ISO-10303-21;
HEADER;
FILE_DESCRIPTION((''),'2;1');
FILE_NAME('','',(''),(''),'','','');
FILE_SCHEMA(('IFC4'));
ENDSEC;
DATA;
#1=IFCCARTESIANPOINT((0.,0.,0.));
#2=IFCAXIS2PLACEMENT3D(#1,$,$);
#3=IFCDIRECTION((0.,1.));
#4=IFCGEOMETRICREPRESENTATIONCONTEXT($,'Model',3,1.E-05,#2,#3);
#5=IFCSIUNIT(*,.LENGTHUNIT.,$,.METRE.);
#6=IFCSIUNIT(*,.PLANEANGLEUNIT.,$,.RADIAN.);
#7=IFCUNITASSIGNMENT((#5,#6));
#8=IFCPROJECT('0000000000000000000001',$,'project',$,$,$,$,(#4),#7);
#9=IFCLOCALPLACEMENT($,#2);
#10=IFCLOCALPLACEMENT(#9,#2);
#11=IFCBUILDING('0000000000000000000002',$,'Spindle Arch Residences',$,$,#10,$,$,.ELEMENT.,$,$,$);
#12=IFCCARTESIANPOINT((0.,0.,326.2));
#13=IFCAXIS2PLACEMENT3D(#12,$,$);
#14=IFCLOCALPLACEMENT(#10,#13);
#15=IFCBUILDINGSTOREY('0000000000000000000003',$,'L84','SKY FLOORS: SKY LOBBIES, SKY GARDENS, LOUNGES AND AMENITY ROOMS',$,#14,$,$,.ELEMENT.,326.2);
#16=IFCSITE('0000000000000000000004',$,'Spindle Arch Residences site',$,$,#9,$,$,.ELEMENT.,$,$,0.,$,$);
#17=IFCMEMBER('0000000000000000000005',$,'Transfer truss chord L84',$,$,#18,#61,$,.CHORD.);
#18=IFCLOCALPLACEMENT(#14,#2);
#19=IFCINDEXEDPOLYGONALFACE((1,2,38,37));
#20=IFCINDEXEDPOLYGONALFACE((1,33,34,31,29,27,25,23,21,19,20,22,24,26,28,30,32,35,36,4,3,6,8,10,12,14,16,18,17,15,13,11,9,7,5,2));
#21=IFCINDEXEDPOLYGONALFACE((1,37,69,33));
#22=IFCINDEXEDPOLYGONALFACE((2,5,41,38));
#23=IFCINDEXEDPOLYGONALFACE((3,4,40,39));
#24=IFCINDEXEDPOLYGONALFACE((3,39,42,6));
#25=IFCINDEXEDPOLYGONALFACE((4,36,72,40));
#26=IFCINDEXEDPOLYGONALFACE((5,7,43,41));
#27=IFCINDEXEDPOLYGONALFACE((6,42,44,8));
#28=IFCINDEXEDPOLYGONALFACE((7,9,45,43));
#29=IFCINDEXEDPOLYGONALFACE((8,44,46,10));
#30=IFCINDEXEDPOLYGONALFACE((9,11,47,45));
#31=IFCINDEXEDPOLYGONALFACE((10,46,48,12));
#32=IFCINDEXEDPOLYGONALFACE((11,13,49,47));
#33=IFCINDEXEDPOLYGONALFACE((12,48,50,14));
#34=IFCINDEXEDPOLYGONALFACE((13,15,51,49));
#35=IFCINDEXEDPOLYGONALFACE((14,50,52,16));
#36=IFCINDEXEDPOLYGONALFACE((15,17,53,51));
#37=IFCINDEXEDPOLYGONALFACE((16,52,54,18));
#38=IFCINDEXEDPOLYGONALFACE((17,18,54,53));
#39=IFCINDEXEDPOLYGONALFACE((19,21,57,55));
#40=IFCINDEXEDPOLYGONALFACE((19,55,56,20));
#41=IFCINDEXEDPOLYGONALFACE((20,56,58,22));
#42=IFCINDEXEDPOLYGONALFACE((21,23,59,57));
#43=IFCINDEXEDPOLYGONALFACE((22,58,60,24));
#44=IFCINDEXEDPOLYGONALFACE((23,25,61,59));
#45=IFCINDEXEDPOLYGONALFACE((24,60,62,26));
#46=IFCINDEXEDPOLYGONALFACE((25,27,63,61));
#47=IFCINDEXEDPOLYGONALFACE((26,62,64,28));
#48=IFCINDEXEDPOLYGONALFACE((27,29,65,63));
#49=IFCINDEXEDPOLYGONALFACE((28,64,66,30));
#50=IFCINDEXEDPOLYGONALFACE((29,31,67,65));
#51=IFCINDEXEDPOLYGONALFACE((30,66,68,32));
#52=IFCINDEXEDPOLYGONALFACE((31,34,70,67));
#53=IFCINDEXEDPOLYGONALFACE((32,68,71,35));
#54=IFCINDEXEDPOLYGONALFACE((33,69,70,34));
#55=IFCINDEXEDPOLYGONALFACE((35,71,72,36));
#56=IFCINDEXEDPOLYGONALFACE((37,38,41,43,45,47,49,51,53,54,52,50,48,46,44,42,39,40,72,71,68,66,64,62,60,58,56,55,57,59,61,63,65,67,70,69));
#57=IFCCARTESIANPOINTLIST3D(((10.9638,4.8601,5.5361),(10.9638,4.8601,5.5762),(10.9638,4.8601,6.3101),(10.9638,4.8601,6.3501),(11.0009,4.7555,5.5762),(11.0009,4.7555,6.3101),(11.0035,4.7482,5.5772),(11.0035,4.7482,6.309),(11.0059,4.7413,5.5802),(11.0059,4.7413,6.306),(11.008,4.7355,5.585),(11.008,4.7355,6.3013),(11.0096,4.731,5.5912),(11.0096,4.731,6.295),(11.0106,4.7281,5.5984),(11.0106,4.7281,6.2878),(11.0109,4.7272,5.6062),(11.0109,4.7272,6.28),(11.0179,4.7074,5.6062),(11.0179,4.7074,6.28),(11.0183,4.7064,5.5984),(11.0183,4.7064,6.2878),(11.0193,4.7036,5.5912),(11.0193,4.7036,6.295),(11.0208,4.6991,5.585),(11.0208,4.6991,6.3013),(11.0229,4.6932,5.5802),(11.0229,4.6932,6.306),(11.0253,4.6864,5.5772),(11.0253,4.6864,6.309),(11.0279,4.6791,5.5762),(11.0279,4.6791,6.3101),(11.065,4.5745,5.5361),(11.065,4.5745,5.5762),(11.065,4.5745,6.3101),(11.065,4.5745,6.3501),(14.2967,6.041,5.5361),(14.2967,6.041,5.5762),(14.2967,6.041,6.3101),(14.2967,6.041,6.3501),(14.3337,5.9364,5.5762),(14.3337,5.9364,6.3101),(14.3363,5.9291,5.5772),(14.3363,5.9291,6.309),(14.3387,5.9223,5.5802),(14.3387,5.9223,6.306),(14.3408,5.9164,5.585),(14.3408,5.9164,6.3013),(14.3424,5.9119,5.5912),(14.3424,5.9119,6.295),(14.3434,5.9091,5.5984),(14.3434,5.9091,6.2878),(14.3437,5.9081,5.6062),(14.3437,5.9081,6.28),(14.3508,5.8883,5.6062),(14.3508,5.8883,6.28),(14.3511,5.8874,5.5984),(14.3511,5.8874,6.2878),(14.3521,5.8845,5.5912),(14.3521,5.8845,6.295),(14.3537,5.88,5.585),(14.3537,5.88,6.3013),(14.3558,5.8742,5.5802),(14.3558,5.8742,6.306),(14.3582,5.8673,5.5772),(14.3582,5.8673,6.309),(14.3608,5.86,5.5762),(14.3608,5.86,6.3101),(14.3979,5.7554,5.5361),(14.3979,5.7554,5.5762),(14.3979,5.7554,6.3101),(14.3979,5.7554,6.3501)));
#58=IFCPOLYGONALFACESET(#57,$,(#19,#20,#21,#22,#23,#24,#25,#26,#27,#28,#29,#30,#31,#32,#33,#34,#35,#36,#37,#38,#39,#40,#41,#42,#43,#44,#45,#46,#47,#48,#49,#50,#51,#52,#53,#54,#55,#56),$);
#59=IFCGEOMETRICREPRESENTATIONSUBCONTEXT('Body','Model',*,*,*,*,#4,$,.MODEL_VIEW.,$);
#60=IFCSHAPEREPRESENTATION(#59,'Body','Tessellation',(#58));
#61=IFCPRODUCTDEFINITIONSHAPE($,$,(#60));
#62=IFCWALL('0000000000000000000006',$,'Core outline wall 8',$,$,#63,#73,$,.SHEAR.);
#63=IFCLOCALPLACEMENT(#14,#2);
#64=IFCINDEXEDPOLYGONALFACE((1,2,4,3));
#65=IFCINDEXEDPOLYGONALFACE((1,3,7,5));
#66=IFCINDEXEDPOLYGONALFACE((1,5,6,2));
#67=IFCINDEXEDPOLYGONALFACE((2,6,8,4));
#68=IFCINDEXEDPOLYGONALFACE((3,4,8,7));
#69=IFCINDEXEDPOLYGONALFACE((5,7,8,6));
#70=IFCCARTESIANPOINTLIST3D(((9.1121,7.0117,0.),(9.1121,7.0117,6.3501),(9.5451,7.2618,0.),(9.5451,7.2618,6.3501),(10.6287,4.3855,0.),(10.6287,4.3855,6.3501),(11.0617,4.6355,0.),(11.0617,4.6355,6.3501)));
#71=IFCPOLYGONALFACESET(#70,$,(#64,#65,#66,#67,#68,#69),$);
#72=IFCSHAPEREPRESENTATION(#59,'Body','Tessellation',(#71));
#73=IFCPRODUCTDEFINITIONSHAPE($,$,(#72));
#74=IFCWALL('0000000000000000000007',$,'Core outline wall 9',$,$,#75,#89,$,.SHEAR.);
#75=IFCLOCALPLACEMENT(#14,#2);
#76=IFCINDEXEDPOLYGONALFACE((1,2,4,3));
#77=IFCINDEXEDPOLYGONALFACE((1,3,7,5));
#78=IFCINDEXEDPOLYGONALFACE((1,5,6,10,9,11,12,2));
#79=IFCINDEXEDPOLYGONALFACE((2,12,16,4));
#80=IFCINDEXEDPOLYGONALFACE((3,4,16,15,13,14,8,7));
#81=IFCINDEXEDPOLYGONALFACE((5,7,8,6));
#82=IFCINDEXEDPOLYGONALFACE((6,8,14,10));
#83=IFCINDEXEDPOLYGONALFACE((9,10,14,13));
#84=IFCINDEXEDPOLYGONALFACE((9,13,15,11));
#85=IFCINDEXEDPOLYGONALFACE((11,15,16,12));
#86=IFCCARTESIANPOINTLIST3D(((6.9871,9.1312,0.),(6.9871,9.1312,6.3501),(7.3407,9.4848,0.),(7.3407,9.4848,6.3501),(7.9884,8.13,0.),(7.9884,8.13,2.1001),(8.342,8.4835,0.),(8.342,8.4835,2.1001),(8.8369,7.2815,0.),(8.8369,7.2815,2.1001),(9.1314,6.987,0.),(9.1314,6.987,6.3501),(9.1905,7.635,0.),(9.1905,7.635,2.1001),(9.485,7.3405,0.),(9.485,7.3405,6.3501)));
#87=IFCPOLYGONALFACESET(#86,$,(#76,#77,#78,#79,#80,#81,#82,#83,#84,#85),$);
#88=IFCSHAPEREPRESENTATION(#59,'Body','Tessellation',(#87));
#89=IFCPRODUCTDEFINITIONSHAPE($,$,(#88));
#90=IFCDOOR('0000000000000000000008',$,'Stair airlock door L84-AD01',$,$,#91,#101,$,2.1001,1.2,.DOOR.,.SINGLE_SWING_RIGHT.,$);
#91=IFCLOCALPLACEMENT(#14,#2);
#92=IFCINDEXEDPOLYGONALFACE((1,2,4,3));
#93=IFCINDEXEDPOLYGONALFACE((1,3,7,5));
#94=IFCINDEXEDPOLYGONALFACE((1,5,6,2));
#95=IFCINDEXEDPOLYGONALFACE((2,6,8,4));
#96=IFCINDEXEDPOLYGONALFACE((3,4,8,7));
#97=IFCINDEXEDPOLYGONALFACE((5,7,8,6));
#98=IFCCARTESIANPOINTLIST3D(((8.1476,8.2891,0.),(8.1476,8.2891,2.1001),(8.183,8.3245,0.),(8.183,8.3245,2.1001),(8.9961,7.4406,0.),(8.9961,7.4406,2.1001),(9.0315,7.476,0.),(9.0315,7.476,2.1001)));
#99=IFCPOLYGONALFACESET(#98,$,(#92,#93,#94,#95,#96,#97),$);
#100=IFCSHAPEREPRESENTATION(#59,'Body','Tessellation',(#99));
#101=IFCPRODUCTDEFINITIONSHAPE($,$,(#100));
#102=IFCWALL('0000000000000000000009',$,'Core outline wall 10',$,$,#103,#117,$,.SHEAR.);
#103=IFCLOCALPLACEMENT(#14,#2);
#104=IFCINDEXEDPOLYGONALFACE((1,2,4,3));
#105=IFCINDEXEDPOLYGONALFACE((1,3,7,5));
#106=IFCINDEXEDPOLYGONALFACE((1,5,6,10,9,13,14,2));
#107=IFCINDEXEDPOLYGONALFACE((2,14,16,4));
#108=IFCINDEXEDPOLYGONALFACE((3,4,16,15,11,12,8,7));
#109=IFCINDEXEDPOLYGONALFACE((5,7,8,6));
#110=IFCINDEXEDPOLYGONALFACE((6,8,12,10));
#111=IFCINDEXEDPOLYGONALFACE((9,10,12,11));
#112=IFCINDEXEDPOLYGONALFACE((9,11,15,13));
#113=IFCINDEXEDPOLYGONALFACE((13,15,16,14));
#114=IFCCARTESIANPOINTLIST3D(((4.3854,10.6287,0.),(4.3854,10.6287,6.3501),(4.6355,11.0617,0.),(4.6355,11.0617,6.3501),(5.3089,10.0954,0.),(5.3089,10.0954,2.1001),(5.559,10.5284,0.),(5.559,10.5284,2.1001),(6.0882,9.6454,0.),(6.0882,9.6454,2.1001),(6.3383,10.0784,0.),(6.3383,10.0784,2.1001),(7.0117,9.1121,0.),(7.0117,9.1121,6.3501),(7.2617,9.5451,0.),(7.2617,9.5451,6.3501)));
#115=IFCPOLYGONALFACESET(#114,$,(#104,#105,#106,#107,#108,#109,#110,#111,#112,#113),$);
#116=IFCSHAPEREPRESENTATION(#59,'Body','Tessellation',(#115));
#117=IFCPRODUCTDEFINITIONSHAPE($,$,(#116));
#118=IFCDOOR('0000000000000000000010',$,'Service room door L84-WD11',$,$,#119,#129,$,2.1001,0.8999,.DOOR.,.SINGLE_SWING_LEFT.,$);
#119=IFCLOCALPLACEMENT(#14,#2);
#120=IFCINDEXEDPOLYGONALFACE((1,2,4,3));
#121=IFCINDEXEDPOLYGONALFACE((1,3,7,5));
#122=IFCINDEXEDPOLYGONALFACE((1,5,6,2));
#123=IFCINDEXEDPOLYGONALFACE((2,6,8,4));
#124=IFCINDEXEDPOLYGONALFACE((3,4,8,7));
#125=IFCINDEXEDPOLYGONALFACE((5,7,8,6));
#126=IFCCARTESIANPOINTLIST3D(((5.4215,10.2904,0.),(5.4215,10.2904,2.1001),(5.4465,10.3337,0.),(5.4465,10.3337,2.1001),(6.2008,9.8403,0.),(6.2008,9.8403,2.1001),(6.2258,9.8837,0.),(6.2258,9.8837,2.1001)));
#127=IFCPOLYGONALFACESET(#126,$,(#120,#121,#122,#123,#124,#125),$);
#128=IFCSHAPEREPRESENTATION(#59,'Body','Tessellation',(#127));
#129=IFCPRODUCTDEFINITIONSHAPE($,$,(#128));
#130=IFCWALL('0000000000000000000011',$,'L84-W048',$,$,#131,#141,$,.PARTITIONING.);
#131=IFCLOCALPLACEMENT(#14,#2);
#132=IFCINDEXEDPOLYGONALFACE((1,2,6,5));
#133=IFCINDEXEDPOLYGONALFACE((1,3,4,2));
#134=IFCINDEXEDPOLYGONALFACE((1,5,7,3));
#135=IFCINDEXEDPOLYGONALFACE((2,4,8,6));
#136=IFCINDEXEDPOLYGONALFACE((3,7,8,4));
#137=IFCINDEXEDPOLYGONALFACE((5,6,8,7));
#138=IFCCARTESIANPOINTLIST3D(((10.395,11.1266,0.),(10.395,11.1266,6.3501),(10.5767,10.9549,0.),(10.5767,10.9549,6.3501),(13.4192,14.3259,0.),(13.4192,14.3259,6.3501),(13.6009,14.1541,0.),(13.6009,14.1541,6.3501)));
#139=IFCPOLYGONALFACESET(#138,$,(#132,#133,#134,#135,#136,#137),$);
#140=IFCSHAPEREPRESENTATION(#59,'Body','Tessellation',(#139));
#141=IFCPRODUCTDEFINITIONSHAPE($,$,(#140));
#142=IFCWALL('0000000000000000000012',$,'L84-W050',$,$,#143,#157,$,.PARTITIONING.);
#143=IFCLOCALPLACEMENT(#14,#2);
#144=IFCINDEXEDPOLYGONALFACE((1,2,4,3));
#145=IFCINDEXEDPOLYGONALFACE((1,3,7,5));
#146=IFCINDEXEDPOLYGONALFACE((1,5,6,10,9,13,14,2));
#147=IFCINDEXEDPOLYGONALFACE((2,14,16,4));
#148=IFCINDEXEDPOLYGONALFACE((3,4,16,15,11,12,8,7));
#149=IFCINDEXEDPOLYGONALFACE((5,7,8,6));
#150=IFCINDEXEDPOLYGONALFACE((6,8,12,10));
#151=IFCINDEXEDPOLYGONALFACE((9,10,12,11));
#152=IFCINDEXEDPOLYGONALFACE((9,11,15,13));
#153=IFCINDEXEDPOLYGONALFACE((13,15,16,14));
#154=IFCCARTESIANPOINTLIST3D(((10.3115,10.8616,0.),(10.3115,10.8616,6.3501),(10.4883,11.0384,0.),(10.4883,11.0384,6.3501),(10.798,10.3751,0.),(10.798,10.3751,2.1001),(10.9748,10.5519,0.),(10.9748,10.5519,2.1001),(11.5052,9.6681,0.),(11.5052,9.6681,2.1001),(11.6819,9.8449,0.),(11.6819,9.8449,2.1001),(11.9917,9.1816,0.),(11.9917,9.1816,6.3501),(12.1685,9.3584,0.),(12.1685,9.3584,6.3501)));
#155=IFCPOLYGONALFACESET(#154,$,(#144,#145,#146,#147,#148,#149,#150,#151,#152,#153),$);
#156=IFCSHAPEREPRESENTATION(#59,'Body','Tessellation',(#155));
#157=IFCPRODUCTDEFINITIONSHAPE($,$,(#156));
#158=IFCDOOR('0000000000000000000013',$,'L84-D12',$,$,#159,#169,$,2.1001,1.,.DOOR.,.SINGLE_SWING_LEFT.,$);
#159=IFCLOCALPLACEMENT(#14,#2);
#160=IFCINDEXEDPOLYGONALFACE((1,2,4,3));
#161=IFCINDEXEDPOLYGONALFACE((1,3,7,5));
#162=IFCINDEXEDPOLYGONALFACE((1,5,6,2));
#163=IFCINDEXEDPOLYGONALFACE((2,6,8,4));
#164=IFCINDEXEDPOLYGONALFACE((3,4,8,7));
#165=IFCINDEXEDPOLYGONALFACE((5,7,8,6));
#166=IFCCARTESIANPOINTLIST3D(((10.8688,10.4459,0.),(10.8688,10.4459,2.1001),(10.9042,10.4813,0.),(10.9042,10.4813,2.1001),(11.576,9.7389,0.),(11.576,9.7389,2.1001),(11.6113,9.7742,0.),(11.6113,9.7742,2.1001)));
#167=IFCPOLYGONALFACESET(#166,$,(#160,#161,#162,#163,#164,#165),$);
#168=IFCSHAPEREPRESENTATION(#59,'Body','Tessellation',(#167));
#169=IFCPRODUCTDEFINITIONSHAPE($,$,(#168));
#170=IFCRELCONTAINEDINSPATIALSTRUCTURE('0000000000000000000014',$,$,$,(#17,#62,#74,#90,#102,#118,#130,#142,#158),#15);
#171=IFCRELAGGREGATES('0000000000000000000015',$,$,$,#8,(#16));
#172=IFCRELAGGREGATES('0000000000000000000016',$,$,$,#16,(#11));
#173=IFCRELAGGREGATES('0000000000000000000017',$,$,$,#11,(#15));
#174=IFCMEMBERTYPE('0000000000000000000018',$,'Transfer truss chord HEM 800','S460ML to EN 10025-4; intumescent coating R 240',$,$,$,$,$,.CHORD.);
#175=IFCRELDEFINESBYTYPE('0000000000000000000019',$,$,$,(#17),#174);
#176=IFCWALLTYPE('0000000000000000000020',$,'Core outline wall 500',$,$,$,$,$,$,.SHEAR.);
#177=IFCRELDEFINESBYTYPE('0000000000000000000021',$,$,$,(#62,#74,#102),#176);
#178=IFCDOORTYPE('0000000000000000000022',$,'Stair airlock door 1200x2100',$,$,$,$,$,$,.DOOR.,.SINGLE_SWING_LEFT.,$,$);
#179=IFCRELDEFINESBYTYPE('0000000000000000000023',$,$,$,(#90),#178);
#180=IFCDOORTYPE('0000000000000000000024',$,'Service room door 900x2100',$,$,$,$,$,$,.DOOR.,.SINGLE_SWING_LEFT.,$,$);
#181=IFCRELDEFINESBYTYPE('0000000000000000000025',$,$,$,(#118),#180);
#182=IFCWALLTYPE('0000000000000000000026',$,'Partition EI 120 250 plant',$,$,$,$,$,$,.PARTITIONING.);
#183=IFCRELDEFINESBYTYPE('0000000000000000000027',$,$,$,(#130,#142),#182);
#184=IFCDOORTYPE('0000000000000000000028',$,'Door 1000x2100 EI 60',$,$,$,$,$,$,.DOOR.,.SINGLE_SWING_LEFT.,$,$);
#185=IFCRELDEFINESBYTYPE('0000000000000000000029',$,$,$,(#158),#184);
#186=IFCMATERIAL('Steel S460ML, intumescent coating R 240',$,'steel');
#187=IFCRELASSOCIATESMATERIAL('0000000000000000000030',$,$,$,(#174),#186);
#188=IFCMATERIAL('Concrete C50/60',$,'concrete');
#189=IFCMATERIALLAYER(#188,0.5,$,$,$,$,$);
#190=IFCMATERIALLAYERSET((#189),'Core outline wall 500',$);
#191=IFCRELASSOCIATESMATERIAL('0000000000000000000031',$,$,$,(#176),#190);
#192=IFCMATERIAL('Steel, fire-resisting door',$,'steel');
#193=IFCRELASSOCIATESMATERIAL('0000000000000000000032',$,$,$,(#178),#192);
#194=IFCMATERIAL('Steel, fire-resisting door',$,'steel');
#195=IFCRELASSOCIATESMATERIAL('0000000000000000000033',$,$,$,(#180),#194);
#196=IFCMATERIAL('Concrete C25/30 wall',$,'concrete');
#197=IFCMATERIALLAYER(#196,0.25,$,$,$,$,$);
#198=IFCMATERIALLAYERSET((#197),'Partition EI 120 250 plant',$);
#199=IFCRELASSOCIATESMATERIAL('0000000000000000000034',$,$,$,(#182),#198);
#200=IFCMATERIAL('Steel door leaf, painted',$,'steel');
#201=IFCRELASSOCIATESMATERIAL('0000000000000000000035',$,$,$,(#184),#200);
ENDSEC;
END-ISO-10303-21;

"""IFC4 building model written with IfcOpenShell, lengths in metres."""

from ifc_helpers import new_model, si_unit, direction, frame, frame_2d, origin, origin_2d, place, context, subcontext, project, spatial, rectangle, i_section, extrude, material, layer, layer_set, material_profile, profile_set, type_object, element, fill, save


model = new_model("IFC4")

# Units and contexts
model_context = context("Model", 3, precision=1e-05, world=origin(), true_north=direction((0.0, 1.0)))
body_context = subcontext(model_context, "Body", "Model", "MODEL_VIEW")
ifc_project = project(units=[si_unit("LENGTHUNIT", "METRE"), si_unit("PLANEANGLEUNIT", "RADIAN")], contexts=[model_context])

# Site, building, storey
site_placement = place(None, origin())
site = spatial("IfcSite", under=ifc_project, at=site_placement, Name="Spindle Arch Residences site", CompositionType="ELEMENT", RefElevation=0.0)
building_placement = place(site_placement, origin())
building = spatial("IfcBuilding", under=site, at=building_placement, Name="Spindle Arch Residences", CompositionType="ELEMENT")
storey_placement = place(building_placement, frame((0.0, 0.0, 326.2)))
storey = spatial("IfcBuildingStorey", under=building, at=storey_placement, Name="L84", Description="SKY FLOORS: SKY LOBBIES, SKY GARDENS, LOUNGES AND AMENITY ROOMS", CompositionType="ELEMENT", Elevation=326.2)

# Member
ifc_material_1 = material(Name="Steel S460ML, intumescent coating R 240", Category="steel")
ifc_material_profile_1 = material_profile(ifc_material_1, i_section(OverallWidth=0.303, OverallDepth=0.814, WebThickness=0.021, FlangeThickness=0.04, FilletRadius=0.03, at=origin_2d()), Name="HEM 800")
ifc_profile_set_1 = profile_set([ifc_material_profile_1], Name="Steel S460ML, intumescent coating R 240")
member_type_1 = type_object("IfcMemberType", Name="Transfer truss chord HEM 800", Description="S460ML to EN 10025-4; intumescent coating R 240", PredefinedType="CHORD", material=ifc_profile_set_1)
for number, where, z_axis, x_axis, name in (
    (1, (11.0144, 4.7173, 5.9431), (0.942578, 0.333986, 0.0), (-0.333986, 0.942578, 0.0), "Transfer truss chord L84"),
):
    element("IfcMember", number, at=place(storey_placement, frame(where, z_axis=z_axis, x_axis=x_axis)), inside=storey, type_object=member_type_1, Name=name, PredefinedType="CHORD", context=body_context, shape_type="SweptSolid", body=[
        extrude(i_section(OverallWidth=0.303, OverallDepth=0.814, WebThickness=0.021, FlangeThickness=0.04, FilletRadius=0.03, at=origin_2d()), origin(), (0.0, 0.0, 1.0), 3.5359),
    ])

# Wall
ifc_material_2 = material(Name="Concrete C50/60", Category="concrete")
ifc_layer_1 = layer(ifc_material_2, 0.5)
ifc_layer_set_1 = layer_set([ifc_layer_1], Name="Core outline wall 500")
wall_type_1 = type_object("IfcWallType", Name="Core outline wall 500", PredefinedType="SHEAR", material=ifc_layer_set_1)
wall_1_placement = place(storey_placement, frame((10.8452, 4.5105, 0.0), z_axis=(0.0, 0.0, 1.0), x_axis=(-0.500087, 0.865975, 0.0)))
element("IfcWall", 2, at=wall_1_placement, inside=storey, type_object=wall_type_1, Name="Core outline wall 8", PredefinedType="SHEAR", context=body_context, shape_type="SweptSolid", body=[
    extrude(rectangle(XDim=3.0327, YDim=0.5, at=frame_2d((1.5164, 0.0))), origin(), (0.0, 0.0, 1.0), 6.3501),
])

# Walls, openings, doors
wall_2_placement = place(storey_placement, frame((9.3081, 7.1638, 0.0), z_axis=(0.0, 0.0, 1.0), x_axis=(-0.707107, 0.707107, 0.0)))
wall_2 = element("IfcWall", 3, at=wall_2_placement, inside=storey, type_object=wall_type_1, Name="Core outline wall 9", PredefinedType="SHEAR", context=body_context, shape_type="SweptSolid", body=[
    extrude(rectangle(XDim=3.0325, YDim=0.5, at=frame_2d((1.5161, 0.0))), origin(), (0.0, 0.0, 1.0), 6.3501),
])
opening_1_placement = place(wall_2_placement, frame((0.4163, 0.0, 0.0)))
opening_1 = element("IfcOpeningElement", 4, at=opening_1_placement, cuts=wall_2, PredefinedType="OPENING", context=body_context, shape_type="SweptSolid", body=[
    extrude(rectangle(XDim=1.2, YDim=2.1001, at=frame_2d((0.6001, 1.05))), frame((0.0, 0.26, 0.0), z_axis=(0.0, -1.0, 0.0), x_axis=(1.0, 0.0, 0.0)), (0.0, 0.0, 1.0), 0.52),
])
ifc_material_3 = material(Name="Steel, fire-resisting door", Category="steel")
door_type_1 = type_object("IfcDoorType", Name="Stair airlock door 1200x2100", OperationType="SINGLE_SWING_LEFT", PredefinedType="DOOR", material=ifc_material_3)
door_1_placement = place(opening_1_placement, origin())
door_1 = element("IfcDoor", 5, at=door_1_placement, inside=storey, type_object=door_type_1, Name="Stair airlock door L84-AD01", OperationType="SINGLE_SWING_RIGHT", OverallHeight=2.1001, OverallWidth=1.2, PredefinedType="DOOR", context=body_context, shape_type="SweptSolid", body=[
    extrude(rectangle(XDim=1.2, YDim=2.1001, at=frame_2d((0.6001, 1.05))), frame((0.0, 0.0249, 0.0), z_axis=(0.0, -1.0, 0.0), x_axis=(1.0, 0.0, 0.0)), (0.0, 0.0, 1.0), 0.05),
])
fill(opening_1, door_1)
wall_3_placement = place(storey_placement, frame((7.1367, 9.3286, 0.0), z_axis=(0.0, 0.0, 1.0), x_axis=(-0.865975, 0.500087, 0.0)))
wall_3 = element("IfcWall", 6, at=wall_3_placement, inside=storey, type_object=wall_type_1, Name="Core outline wall 10", PredefinedType="SHEAR", context=body_context, shape_type="SweptSolid", body=[
    extrude(rectangle(XDim=3.0327, YDim=0.5, at=frame_2d((1.5164, 0.0))), origin(), (0.0, 0.0, 1.0), 6.3501),
])
opening_2_placement = place(wall_3_placement, frame((1.0664, 0.0, 0.0)))
opening_2 = element("IfcOpeningElement", 7, at=opening_2_placement, cuts=wall_3, PredefinedType="OPENING", context=body_context, shape_type="SweptSolid", body=[
    extrude(rectangle(XDim=0.8999, YDim=2.1001, at=frame_2d((0.45, 1.05))), frame((0.0, 0.26, 0.0), z_axis=(0.0, -1.0, 0.0), x_axis=(1.0, 0.0, 0.0)), (0.0, 0.0, 1.0), 0.52),
])
ifc_material_4 = material(Name="Steel, fire-resisting door", Category="steel")
door_type_2 = type_object("IfcDoorType", Name="Service room door 900x2100", OperationType="SINGLE_SWING_LEFT", PredefinedType="DOOR", material=ifc_material_4)
door_2_placement = place(opening_2_placement, origin())
door_2 = element("IfcDoor", 8, at=door_2_placement, inside=storey, type_object=door_type_2, Name="Service room door L84-WD11", OperationType="SINGLE_SWING_LEFT", OverallHeight=2.1001, OverallWidth=0.8999, PredefinedType="DOOR", context=body_context, shape_type="SweptSolid", body=[
    extrude(rectangle(XDim=0.8999, YDim=2.1001, at=frame_2d((0.45, 1.05))), frame((0.0, 0.0249, 0.0), z_axis=(0.0, -1.0, 0.0), x_axis=(1.0, 0.0, 0.0)), (0.0, 0.0, 1.0), 0.05),
])
fill(opening_2, door_2)

# Wall
ifc_material_5 = material(Name="Concrete C25/30 wall", Category="concrete")
ifc_layer_2 = layer(ifc_material_5, 0.25)
ifc_layer_set_2 = layer_set([ifc_layer_2], Name="Partition EI 120 250 plant")
wall_type_2 = type_object("IfcWallType", Name="Partition EI 120 250 plant", PredefinedType="PARTITIONING", material=ifc_layer_set_2)
wall_4_placement = place(storey_placement, frame((10.4858, 11.0408, 0.0), z_axis=(0.0, 0.0, 1.0), x_axis=(0.686946, 0.726709, 0.0)))
element("IfcWall", 9, at=wall_4_placement, inside=storey, type_object=wall_type_2, Name="L84-W048", PredefinedType="PARTITIONING", context=body_context, shape_type="SweptSolid", body=[
    extrude(rectangle(XDim=4.4023, YDim=0.25, at=frame_2d((2.2012, 0.0))), origin(), (0.0, 0.0, 1.0), 6.3501),
])

# Wall, opening, door
wall_5_placement = place(storey_placement, frame((12.0801, 9.27, 0.0), z_axis=(0.0, 0.0, 1.0), x_axis=(-0.707158, 0.707055, 0.0)))
wall_5 = element("IfcWall", 10, at=wall_5_placement, inside=storey, type_object=wall_type_2, Name="L84-W050", PredefinedType="PARTITIONING", context=body_context, shape_type="SweptSolid", body=[
    extrude(rectangle(XDim=2.376, YDim=0.25, at=frame_2d((1.188, 0.0))), origin(), (0.0, 0.0, 1.0), 6.3501),
])
opening_3_placement = place(wall_5_placement, frame((0.688, 0.0, 0.0)))
opening_3 = element("IfcOpeningElement", 11, at=opening_3_placement, cuts=wall_5, PredefinedType="OPENING", context=body_context, shape_type="SweptSolid", body=[
    extrude(rectangle(XDim=1.0, YDim=2.1001, at=frame_2d((0.5, 1.05))), frame((0.0, 0.135, 0.0), z_axis=(0.0, -1.0, 0.0), x_axis=(1.0, 0.0, 0.0)), (0.0, 0.0, 1.0), 0.27),
])
ifc_material_6 = material(Name="Steel door leaf, painted", Category="steel")
door_type_3 = type_object("IfcDoorType", Name="Door 1000x2100 EI 60", OperationType="SINGLE_SWING_LEFT", PredefinedType="DOOR", material=ifc_material_6)
door_3_placement = place(opening_3_placement, origin())
door_3 = element("IfcDoor", 12, at=door_3_placement, inside=storey, type_object=door_type_3, Name="L84-D12", OperationType="SINGLE_SWING_LEFT", OverallHeight=2.1001, OverallWidth=1.0, PredefinedType="DOOR", context=body_context, shape_type="SweptSolid", body=[
    extrude(rectangle(XDim=1.0, YDim=2.1001, at=frame_2d((0.5, 1.05))), frame((0.0, 0.0249, 0.0), z_axis=(0.0, -1.0, 0.0), x_axis=(1.0, 0.0, 0.0)), (0.0, 0.0, 1.0), 0.05),
])
fill(opening_3, door_3)

save(model, "model.ifc")
